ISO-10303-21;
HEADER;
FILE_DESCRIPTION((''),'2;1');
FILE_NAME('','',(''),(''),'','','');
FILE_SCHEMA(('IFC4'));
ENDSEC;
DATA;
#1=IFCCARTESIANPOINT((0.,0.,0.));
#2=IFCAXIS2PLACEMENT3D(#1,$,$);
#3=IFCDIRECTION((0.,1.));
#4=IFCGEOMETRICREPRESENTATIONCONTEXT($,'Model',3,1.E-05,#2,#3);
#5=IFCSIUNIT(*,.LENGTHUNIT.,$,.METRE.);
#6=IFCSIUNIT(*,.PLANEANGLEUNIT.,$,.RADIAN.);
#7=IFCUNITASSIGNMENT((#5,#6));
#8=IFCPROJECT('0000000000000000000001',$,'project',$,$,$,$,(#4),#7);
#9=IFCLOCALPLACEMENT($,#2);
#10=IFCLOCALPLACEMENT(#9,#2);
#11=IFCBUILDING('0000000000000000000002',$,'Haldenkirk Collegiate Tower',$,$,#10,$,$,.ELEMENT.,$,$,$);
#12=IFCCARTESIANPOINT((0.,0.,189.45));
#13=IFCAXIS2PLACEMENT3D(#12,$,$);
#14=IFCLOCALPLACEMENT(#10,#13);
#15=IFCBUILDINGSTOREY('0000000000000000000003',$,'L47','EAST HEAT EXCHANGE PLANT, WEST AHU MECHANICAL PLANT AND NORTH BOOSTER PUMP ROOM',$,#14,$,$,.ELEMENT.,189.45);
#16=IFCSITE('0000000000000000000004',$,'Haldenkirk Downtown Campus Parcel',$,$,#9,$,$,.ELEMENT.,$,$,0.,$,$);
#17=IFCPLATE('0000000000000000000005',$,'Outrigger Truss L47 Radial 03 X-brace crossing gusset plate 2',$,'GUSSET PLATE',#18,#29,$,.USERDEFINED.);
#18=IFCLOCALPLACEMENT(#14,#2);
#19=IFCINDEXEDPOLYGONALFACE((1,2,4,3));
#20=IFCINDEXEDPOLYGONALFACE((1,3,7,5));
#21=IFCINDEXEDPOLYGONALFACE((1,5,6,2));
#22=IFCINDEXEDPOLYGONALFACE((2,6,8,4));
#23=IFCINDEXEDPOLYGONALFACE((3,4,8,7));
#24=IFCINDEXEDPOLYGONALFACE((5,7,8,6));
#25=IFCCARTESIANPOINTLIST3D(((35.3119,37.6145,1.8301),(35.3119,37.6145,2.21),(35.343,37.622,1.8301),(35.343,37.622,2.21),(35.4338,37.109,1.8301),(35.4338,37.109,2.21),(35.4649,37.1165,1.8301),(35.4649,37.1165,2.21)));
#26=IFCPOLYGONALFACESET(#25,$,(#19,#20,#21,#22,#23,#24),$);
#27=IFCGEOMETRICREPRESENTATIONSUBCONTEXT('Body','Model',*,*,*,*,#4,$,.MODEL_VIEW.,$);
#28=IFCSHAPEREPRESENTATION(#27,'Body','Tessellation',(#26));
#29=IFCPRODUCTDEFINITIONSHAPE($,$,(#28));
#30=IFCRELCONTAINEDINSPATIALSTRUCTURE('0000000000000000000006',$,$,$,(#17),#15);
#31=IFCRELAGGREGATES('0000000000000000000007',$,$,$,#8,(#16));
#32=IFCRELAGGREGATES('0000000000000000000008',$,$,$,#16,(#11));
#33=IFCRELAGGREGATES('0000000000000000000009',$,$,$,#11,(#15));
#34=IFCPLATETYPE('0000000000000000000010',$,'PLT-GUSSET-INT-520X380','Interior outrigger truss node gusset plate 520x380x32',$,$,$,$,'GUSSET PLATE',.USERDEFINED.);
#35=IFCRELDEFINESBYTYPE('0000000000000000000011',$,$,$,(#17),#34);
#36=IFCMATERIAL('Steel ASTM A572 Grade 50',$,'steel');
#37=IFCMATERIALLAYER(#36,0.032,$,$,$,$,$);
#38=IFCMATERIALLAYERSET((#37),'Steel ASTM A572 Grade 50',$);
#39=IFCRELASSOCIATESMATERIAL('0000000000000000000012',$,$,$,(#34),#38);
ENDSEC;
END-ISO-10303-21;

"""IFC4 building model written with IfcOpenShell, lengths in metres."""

from ifc_helpers import new_model, si_unit, direction, frame, origin, origin_2d, place, context, subcontext, project, spatial, rectangle, extrude, source, transform, mapped, material, layer, layer_set, type_object, element, save


model = new_model("IFC4")

# Units and contexts
model_context = context("Model", 3, precision=1e-05, world=origin(), true_north=direction((0.0, 1.0)))
body_context = subcontext(model_context, "Body", "Model", "MODEL_VIEW")
ifc_project = project(units=[si_unit("LENGTHUNIT", "METRE"), si_unit("PLANEANGLEUNIT", "RADIAN")], contexts=[model_context])

# Site, building, storey
site_placement = place(None, origin())
site = spatial("IfcSite", under=ifc_project, at=site_placement, Name="Haldenkirk Downtown Campus Parcel", CompositionType="ELEMENT", RefElevation=0.0)
building_placement = place(site_placement, origin())
building = spatial("IfcBuilding", under=site, at=building_placement, Name="Haldenkirk Collegiate Tower", CompositionType="ELEMENT")
storey_placement = place(building_placement, frame((0.0, 0.0, 189.45)))
storey = spatial("IfcBuildingStorey", under=building, at=storey_placement, Name="L47", Description="EAST HEAT EXCHANGE PLANT, WEST AHU MECHANICAL PLANT AND NORTH BOOSTER PUMP ROOM", CompositionType="ELEMENT", Elevation=189.45)

# Shared definitions
ifc_material_1 = material(Name="Steel ASTM A572 Grade 50", Category="steel")

# Plate
ifc_layer_1 = layer(ifc_material_1, 0.032)
ifc_layer_set_1 = layer_set([ifc_layer_1], Name="Steel ASTM A572 Grade 50")
plate_type_1 = type_object("IfcPlateType", Name="PLT-GUSSET-INT-520X380", Description="Interior outrigger truss node gusset plate 520x380x32", ElementType="GUSSET PLATE", PredefinedType="USERDEFINED", material=ifc_layer_set_1)
shared_shape_1 = source(origin(), body_context, "Body", "SweptSolid", [
    extrude(rectangle(XDim=0.52, YDim=0.032, at=origin_2d()), origin(), (0.0, 0.0, 1.0), 0.3799),
])
plate_placement = place(storey_placement, frame((35.3884, 37.3655, 1.8301), z_axis=(0.0, 0.0, 1.0), x_axis=(-0.234397, 0.972141, 0.0)))
element("IfcPlate", 1, at=plate_placement, inside=storey, type_object=plate_type_1, Name="Outrigger Truss L47 Radial 03 X-brace crossing gusset plate 2", ObjectType="GUSSET PLATE", PredefinedType="USERDEFINED", context=body_context, shape_type="MappedRepresentation", body=[
    mapped(shared_shape_1, transform((0.0, 0.0, 0.0), x_axis=(1.0, 0.0, 0.0), y_axis=(0.0, 1.0, 0.0), z_axis=(0.0, 0.0, 1.0), scale=1.0)),
])

save(model, "model.ifc")
